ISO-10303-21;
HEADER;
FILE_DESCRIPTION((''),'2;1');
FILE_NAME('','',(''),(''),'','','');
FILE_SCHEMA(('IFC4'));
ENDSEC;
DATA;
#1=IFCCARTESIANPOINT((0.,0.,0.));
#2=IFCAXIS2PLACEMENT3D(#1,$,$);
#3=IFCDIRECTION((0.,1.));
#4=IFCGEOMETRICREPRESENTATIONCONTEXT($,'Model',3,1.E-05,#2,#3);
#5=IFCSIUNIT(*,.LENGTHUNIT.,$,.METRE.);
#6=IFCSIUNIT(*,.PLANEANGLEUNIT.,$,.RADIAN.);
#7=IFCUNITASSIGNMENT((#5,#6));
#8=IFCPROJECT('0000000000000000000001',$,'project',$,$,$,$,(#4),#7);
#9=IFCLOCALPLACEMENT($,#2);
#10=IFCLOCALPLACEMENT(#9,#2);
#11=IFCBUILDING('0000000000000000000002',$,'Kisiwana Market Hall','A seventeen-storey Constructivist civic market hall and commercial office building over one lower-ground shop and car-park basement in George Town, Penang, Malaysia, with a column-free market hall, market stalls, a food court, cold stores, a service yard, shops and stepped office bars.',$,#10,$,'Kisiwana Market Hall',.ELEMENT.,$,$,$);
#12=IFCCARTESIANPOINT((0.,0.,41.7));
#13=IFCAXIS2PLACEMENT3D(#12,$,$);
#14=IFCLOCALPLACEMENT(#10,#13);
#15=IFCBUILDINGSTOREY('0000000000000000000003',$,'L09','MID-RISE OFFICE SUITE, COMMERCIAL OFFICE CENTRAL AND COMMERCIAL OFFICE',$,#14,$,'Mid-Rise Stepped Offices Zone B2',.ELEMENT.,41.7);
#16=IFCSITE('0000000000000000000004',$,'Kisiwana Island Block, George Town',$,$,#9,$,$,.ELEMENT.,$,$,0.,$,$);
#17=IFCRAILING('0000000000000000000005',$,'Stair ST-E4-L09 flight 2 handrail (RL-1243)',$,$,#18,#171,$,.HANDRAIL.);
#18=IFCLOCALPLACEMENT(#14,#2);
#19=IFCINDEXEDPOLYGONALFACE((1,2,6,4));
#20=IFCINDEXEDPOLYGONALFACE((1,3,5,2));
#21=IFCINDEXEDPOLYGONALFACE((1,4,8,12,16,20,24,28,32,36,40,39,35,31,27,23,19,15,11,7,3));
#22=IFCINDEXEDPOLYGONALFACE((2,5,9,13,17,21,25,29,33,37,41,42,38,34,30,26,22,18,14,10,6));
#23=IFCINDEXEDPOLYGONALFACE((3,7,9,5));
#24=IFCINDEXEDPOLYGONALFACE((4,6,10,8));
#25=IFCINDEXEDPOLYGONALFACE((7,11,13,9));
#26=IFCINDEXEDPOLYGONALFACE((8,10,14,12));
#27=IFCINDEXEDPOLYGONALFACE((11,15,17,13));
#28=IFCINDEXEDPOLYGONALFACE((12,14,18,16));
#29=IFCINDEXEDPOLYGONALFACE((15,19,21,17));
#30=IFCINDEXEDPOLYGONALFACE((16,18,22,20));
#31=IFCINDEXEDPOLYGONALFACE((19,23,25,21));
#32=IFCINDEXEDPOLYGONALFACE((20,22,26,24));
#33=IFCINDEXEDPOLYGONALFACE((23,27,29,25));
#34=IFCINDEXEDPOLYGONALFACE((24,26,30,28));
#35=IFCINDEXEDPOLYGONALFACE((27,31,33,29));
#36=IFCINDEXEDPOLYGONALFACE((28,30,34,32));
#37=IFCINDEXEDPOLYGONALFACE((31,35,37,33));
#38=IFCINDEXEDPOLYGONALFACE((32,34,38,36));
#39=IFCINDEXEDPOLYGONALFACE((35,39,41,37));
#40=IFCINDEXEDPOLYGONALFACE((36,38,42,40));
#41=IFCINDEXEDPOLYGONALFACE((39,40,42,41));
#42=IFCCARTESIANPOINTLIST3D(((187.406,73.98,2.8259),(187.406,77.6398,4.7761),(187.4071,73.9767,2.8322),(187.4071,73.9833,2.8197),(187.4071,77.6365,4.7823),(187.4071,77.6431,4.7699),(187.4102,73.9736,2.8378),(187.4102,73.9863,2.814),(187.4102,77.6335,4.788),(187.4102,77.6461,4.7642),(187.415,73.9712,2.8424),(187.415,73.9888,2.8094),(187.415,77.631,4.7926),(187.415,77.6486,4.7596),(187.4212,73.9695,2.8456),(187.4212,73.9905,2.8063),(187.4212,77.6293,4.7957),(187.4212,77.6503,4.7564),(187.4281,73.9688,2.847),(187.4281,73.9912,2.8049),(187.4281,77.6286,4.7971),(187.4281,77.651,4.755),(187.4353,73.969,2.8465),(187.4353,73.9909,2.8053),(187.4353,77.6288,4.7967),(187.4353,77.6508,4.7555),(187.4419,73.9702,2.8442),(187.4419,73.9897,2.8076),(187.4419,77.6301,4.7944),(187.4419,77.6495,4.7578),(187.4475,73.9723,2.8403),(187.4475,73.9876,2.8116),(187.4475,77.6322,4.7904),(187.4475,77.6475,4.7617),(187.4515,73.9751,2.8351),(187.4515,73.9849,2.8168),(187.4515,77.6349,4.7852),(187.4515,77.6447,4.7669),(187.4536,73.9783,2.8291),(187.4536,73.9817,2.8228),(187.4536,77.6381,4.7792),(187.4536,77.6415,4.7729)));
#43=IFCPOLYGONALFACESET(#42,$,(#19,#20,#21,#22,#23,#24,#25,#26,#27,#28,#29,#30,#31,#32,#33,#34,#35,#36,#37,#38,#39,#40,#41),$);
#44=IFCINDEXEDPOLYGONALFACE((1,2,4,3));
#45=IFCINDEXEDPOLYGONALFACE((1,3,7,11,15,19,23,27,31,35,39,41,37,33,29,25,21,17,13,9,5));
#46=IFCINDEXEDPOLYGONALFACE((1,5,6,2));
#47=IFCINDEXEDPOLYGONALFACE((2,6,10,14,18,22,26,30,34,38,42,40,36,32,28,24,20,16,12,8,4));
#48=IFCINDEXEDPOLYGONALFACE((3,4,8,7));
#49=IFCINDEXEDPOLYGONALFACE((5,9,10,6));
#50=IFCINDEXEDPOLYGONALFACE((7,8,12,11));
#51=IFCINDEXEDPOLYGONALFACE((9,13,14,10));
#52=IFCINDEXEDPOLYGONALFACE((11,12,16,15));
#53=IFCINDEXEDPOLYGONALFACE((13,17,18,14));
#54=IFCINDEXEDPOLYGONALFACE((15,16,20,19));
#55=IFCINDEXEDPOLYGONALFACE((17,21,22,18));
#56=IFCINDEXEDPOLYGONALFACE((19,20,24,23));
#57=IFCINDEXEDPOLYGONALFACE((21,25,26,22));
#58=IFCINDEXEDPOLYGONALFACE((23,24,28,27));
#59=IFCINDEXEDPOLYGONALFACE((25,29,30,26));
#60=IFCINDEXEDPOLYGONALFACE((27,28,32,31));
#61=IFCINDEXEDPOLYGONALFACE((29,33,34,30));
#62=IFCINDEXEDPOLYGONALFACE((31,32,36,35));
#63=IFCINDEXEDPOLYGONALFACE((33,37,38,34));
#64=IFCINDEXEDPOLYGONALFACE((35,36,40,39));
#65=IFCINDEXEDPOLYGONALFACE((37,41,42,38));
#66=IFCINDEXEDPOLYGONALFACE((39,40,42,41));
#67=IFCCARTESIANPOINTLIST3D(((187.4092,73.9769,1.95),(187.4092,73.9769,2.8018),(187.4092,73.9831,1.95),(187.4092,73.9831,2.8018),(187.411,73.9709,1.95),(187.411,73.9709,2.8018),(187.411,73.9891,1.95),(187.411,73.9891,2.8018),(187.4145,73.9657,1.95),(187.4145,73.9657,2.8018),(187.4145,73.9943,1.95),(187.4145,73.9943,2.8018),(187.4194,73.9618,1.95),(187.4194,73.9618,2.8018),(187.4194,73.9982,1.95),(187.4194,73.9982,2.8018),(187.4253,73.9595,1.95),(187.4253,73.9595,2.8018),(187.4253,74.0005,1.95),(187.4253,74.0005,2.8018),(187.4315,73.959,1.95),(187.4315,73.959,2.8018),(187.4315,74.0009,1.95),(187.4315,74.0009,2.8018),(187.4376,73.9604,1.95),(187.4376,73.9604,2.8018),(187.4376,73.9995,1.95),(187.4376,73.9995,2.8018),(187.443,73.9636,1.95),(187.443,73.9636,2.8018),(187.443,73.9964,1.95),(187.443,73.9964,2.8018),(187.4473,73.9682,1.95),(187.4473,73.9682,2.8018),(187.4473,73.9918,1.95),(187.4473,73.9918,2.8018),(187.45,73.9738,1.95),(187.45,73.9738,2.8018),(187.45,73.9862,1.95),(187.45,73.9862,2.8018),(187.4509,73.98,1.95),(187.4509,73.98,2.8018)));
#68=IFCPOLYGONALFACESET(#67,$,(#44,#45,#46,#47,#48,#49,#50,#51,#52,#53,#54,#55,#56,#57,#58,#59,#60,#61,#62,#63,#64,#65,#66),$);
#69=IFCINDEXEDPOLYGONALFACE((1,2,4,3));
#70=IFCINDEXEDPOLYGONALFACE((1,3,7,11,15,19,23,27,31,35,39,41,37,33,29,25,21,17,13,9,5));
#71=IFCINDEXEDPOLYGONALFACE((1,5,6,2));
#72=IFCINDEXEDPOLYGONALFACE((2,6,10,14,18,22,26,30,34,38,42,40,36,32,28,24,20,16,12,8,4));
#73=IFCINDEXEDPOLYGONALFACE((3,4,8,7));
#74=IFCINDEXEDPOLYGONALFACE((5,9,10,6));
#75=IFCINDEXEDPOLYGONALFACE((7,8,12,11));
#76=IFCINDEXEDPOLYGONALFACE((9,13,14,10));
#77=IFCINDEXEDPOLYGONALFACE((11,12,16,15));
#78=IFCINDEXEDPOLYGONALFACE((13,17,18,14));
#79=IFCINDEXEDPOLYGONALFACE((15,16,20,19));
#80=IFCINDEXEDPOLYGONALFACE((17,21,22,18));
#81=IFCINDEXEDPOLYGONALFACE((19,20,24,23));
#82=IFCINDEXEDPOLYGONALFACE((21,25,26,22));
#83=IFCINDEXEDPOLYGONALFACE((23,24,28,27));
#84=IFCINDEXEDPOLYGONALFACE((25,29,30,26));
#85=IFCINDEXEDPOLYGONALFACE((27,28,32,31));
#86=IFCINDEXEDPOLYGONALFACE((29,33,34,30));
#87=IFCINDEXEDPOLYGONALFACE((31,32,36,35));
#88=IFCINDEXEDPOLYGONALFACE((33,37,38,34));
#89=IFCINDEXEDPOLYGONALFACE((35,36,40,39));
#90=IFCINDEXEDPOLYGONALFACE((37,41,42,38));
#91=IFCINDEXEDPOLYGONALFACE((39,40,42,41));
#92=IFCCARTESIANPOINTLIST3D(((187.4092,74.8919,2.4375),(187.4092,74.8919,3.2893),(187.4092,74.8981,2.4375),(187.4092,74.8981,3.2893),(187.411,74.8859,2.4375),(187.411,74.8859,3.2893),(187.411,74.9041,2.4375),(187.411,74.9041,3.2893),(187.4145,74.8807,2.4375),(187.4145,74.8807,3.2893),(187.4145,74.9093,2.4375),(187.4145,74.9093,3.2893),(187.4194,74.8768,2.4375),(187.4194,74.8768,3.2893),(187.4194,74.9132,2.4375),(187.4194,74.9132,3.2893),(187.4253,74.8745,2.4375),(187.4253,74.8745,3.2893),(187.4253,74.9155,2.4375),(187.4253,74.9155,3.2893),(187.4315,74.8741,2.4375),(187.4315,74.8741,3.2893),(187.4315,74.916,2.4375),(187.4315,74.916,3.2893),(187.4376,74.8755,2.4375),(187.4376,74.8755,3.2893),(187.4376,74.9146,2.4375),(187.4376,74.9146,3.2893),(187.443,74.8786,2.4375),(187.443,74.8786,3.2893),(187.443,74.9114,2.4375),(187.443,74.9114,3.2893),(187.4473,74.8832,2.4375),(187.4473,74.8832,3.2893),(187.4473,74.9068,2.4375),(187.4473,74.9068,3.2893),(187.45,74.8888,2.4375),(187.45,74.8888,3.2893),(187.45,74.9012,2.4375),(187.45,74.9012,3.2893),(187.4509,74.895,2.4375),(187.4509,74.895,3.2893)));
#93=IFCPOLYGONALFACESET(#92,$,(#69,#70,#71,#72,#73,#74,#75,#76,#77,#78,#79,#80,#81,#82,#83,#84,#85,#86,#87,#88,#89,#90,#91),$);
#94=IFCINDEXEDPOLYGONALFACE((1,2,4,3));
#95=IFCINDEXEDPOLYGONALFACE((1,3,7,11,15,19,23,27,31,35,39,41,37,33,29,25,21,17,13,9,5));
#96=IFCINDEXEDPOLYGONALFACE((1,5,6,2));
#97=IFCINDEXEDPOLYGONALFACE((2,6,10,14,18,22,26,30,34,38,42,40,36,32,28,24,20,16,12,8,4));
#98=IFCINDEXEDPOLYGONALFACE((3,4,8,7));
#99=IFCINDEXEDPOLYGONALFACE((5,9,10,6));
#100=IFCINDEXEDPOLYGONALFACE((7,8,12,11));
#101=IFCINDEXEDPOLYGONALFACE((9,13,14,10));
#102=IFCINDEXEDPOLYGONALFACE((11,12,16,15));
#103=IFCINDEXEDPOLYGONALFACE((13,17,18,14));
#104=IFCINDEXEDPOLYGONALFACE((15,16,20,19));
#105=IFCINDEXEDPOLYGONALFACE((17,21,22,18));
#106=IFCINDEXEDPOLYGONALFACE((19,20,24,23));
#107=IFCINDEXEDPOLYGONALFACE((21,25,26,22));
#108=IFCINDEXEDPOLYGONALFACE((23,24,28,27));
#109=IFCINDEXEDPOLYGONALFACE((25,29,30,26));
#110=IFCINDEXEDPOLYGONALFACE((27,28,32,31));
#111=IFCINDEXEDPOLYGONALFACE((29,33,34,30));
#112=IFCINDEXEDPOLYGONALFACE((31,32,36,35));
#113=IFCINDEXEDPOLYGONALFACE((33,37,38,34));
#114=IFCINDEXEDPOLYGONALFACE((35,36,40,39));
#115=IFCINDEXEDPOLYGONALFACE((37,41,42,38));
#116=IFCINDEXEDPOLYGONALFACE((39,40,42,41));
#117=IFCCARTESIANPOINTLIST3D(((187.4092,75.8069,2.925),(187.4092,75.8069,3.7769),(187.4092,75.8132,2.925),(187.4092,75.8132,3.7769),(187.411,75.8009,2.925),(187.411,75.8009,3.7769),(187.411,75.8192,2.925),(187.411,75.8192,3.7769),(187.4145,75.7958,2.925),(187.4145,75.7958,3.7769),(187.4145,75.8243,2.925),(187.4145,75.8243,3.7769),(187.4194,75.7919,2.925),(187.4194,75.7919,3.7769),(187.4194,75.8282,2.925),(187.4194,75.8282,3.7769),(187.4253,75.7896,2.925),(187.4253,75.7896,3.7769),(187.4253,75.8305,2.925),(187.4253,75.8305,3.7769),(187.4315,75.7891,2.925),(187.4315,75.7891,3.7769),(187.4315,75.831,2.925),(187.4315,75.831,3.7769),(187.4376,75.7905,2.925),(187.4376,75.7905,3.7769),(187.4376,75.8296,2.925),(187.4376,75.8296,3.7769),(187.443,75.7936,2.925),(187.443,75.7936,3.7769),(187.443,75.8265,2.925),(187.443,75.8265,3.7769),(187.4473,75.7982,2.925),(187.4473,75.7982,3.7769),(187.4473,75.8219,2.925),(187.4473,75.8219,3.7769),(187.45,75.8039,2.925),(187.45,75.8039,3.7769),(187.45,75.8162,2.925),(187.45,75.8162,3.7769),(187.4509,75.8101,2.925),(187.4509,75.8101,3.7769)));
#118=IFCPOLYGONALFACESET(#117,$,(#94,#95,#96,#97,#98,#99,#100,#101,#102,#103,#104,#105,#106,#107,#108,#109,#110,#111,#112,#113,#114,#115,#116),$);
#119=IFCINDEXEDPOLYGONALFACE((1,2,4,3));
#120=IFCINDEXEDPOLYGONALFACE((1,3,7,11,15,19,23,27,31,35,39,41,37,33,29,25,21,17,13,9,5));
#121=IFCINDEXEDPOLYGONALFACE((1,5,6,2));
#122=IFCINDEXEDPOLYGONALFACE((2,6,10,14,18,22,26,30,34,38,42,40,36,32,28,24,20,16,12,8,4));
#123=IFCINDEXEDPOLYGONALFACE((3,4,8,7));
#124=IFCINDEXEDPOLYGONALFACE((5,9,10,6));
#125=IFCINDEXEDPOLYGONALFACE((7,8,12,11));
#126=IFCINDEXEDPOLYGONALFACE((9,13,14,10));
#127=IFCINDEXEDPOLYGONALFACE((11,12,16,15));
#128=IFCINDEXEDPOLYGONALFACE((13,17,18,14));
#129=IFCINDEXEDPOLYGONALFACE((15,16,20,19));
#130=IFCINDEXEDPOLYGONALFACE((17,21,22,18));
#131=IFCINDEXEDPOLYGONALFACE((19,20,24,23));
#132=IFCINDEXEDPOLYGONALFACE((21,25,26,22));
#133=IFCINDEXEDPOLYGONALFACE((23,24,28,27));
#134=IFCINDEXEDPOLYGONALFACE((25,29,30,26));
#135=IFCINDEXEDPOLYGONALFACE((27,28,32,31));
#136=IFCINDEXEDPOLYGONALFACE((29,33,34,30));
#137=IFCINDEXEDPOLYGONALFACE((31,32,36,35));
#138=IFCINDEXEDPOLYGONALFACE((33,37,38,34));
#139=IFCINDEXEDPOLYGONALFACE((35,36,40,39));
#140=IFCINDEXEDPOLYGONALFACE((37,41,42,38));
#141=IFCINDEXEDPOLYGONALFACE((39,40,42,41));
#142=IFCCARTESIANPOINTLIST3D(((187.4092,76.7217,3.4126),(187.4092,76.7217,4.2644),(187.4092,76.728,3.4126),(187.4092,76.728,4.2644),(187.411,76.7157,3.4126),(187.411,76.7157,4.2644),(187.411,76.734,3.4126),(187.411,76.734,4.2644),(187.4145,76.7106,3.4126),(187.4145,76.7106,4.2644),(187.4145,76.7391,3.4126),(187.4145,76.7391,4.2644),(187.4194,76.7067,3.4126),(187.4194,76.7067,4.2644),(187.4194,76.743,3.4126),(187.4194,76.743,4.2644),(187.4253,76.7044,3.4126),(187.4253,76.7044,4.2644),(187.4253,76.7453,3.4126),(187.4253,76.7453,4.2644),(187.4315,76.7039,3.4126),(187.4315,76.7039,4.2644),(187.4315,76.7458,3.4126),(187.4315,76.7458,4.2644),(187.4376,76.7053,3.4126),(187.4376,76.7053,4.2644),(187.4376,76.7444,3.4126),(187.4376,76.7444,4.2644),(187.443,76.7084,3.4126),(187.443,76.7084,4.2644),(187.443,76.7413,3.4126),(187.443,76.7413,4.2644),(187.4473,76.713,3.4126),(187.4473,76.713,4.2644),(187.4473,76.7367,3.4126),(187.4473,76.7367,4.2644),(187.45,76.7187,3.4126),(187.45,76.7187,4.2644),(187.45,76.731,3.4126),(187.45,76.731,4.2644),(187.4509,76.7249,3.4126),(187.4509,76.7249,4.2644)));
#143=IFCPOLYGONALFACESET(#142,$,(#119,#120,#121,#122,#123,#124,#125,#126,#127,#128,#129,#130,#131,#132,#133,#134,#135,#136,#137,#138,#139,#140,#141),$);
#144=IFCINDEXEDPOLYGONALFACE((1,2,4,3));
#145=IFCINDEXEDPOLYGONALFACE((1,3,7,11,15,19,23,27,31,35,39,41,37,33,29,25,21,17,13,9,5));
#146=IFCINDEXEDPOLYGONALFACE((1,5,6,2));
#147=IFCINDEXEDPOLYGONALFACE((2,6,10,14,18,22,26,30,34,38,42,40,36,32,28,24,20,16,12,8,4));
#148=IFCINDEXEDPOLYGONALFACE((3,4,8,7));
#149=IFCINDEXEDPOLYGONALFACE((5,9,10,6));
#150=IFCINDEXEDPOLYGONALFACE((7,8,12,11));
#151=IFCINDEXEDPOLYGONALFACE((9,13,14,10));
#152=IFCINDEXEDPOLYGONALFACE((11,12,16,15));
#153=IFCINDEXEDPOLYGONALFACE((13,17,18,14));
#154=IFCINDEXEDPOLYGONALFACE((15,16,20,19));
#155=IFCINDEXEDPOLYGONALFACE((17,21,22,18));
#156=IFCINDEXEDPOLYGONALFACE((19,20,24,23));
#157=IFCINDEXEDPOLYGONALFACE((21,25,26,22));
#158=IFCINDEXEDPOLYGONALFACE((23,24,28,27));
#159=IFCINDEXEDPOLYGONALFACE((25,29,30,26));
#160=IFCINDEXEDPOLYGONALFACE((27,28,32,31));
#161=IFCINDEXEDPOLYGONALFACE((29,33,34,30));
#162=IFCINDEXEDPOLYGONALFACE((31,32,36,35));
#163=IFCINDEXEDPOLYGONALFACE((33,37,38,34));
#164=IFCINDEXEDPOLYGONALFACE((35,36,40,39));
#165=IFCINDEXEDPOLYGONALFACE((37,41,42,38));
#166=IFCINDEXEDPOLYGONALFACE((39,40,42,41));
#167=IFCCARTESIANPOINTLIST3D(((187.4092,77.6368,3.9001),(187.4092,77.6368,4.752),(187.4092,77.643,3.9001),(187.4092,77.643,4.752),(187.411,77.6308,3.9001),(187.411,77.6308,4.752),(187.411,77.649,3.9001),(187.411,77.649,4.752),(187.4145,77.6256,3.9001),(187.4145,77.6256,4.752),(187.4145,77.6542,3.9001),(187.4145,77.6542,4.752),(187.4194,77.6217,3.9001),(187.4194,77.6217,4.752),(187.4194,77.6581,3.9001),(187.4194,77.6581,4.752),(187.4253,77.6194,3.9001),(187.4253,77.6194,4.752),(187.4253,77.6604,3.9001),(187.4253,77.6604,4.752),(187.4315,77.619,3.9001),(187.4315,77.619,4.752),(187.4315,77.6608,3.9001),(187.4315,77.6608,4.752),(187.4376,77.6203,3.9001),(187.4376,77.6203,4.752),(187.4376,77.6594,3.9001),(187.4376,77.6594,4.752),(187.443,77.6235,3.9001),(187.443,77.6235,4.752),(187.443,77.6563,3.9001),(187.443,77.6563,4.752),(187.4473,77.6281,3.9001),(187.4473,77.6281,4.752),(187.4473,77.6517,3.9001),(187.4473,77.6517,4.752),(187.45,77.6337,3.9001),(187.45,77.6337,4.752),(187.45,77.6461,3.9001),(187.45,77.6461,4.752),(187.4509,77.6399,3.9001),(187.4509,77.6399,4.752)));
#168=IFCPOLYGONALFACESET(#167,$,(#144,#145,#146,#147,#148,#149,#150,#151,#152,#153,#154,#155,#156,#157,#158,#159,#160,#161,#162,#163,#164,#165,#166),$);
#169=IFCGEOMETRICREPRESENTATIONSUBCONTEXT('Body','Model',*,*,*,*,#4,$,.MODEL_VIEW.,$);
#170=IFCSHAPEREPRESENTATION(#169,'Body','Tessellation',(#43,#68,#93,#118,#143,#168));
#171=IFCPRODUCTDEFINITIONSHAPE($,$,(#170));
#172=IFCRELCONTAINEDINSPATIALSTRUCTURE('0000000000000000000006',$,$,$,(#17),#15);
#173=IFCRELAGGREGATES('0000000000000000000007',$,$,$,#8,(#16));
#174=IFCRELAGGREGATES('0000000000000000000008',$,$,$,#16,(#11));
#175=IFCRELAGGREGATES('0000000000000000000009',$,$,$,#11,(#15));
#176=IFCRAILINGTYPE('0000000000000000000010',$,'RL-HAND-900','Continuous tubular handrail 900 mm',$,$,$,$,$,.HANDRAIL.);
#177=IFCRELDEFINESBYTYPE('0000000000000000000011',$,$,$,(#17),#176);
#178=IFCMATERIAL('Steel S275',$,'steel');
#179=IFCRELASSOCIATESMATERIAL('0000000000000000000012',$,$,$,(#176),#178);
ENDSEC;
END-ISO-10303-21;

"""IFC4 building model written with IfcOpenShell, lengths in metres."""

from ifc_helpers import new_model, si_unit, direction, frame, origin, origin_2d, place, context, subcontext, project, spatial, circle, extrude, material, type_object, element, save


model = new_model("IFC4")

# Units and contexts
model_context = context("Model", 3, precision=1e-05, world=origin(), true_north=direction((0.0, 1.0)))
body_context = subcontext(model_context, "Body", "Model", "MODEL_VIEW")
ifc_project = project(units=[si_unit("LENGTHUNIT", "METRE"), si_unit("PLANEANGLEUNIT", "RADIAN")], contexts=[model_context])

# Site, building, storey
site_placement = place(None, origin())
site = spatial("IfcSite", under=ifc_project, at=site_placement, Name="Kisiwana Island Block, George Town", CompositionType="ELEMENT", RefElevation=0.0)
building_placement = place(site_placement, origin())
building = spatial("IfcBuilding", under=site, at=building_placement, Name="Kisiwana Market Hall", Description="A seventeen-storey Constructivist civic market hall and commercial office building over one lower-ground shop and car-park basement in George Town, Penang, Malaysia, with a column-free market hall, market stalls, a food court, cold stores, a service yard, shops and stepped office bars.", LongName="Kisiwana Market Hall", CompositionType="ELEMENT")
storey_placement = place(building_placement, frame((0.0, 0.0, 41.7)))
storey = spatial("IfcBuildingStorey", under=building, at=storey_placement, Name="L09", Description="MID-RISE OFFICE SUITE, COMMERCIAL OFFICE CENTRAL AND COMMERCIAL OFFICE", LongName="Mid-Rise Stepped Offices Zone B2", CompositionType="ELEMENT", Elevation=41.7)

# Railing
ifc_material_1 = material(Name="Steel S275", Category="steel")
railing_type_1 = type_object("IfcRailingType", Name="RL-HAND-900", Description="Continuous tubular handrail 900 mm", PredefinedType="HANDRAIL", material=ifc_material_1)
railing_1_placement = place(storey_placement, frame((187.4299, 73.98, 1.95)))
element("IfcRailing", 1, at=railing_1_placement, inside=storey, type_object=railing_type_1, Name="Stair ST-E4-L09 flight 2 handrail (RL-1243)", PredefinedType="HANDRAIL", context=body_context, shape_type="SweptSolid", body=[
    extrude(circle(Radius=0.0239, at=origin_2d()), frame((0.0, 0.0, 0.876), z_axis=(0.0, 0.882529, 0.470258), x_axis=(-1.0, 0.0, 0.0)), (0.0, 0.0, 1.0), 4.147),
    extrude(circle(Radius=0.021, at=origin_2d()), origin(), (0.0, 0.0, 1.0), 0.8518),
    extrude(circle(Radius=0.021, at=origin_2d()), frame((0.0, 0.915, 0.4875)), (0.0, 0.0, 1.0), 0.8518),
    extrude(circle(Radius=0.021, at=origin_2d()), frame((0.0, 1.8301, 0.9751)), (0.0, 0.0, 1.0), 0.8518),
    extrude(circle(Radius=0.021, at=origin_2d()), frame((0.0, 2.7449, 1.4626)), (0.0, 0.0, 1.0), 0.8518),
    extrude(circle(Radius=0.021, at=origin_2d()), frame((0.0, 3.6599, 1.9502)), (0.0, 0.0, 1.0), 0.8518),
])

save(model, "model.ifc")
